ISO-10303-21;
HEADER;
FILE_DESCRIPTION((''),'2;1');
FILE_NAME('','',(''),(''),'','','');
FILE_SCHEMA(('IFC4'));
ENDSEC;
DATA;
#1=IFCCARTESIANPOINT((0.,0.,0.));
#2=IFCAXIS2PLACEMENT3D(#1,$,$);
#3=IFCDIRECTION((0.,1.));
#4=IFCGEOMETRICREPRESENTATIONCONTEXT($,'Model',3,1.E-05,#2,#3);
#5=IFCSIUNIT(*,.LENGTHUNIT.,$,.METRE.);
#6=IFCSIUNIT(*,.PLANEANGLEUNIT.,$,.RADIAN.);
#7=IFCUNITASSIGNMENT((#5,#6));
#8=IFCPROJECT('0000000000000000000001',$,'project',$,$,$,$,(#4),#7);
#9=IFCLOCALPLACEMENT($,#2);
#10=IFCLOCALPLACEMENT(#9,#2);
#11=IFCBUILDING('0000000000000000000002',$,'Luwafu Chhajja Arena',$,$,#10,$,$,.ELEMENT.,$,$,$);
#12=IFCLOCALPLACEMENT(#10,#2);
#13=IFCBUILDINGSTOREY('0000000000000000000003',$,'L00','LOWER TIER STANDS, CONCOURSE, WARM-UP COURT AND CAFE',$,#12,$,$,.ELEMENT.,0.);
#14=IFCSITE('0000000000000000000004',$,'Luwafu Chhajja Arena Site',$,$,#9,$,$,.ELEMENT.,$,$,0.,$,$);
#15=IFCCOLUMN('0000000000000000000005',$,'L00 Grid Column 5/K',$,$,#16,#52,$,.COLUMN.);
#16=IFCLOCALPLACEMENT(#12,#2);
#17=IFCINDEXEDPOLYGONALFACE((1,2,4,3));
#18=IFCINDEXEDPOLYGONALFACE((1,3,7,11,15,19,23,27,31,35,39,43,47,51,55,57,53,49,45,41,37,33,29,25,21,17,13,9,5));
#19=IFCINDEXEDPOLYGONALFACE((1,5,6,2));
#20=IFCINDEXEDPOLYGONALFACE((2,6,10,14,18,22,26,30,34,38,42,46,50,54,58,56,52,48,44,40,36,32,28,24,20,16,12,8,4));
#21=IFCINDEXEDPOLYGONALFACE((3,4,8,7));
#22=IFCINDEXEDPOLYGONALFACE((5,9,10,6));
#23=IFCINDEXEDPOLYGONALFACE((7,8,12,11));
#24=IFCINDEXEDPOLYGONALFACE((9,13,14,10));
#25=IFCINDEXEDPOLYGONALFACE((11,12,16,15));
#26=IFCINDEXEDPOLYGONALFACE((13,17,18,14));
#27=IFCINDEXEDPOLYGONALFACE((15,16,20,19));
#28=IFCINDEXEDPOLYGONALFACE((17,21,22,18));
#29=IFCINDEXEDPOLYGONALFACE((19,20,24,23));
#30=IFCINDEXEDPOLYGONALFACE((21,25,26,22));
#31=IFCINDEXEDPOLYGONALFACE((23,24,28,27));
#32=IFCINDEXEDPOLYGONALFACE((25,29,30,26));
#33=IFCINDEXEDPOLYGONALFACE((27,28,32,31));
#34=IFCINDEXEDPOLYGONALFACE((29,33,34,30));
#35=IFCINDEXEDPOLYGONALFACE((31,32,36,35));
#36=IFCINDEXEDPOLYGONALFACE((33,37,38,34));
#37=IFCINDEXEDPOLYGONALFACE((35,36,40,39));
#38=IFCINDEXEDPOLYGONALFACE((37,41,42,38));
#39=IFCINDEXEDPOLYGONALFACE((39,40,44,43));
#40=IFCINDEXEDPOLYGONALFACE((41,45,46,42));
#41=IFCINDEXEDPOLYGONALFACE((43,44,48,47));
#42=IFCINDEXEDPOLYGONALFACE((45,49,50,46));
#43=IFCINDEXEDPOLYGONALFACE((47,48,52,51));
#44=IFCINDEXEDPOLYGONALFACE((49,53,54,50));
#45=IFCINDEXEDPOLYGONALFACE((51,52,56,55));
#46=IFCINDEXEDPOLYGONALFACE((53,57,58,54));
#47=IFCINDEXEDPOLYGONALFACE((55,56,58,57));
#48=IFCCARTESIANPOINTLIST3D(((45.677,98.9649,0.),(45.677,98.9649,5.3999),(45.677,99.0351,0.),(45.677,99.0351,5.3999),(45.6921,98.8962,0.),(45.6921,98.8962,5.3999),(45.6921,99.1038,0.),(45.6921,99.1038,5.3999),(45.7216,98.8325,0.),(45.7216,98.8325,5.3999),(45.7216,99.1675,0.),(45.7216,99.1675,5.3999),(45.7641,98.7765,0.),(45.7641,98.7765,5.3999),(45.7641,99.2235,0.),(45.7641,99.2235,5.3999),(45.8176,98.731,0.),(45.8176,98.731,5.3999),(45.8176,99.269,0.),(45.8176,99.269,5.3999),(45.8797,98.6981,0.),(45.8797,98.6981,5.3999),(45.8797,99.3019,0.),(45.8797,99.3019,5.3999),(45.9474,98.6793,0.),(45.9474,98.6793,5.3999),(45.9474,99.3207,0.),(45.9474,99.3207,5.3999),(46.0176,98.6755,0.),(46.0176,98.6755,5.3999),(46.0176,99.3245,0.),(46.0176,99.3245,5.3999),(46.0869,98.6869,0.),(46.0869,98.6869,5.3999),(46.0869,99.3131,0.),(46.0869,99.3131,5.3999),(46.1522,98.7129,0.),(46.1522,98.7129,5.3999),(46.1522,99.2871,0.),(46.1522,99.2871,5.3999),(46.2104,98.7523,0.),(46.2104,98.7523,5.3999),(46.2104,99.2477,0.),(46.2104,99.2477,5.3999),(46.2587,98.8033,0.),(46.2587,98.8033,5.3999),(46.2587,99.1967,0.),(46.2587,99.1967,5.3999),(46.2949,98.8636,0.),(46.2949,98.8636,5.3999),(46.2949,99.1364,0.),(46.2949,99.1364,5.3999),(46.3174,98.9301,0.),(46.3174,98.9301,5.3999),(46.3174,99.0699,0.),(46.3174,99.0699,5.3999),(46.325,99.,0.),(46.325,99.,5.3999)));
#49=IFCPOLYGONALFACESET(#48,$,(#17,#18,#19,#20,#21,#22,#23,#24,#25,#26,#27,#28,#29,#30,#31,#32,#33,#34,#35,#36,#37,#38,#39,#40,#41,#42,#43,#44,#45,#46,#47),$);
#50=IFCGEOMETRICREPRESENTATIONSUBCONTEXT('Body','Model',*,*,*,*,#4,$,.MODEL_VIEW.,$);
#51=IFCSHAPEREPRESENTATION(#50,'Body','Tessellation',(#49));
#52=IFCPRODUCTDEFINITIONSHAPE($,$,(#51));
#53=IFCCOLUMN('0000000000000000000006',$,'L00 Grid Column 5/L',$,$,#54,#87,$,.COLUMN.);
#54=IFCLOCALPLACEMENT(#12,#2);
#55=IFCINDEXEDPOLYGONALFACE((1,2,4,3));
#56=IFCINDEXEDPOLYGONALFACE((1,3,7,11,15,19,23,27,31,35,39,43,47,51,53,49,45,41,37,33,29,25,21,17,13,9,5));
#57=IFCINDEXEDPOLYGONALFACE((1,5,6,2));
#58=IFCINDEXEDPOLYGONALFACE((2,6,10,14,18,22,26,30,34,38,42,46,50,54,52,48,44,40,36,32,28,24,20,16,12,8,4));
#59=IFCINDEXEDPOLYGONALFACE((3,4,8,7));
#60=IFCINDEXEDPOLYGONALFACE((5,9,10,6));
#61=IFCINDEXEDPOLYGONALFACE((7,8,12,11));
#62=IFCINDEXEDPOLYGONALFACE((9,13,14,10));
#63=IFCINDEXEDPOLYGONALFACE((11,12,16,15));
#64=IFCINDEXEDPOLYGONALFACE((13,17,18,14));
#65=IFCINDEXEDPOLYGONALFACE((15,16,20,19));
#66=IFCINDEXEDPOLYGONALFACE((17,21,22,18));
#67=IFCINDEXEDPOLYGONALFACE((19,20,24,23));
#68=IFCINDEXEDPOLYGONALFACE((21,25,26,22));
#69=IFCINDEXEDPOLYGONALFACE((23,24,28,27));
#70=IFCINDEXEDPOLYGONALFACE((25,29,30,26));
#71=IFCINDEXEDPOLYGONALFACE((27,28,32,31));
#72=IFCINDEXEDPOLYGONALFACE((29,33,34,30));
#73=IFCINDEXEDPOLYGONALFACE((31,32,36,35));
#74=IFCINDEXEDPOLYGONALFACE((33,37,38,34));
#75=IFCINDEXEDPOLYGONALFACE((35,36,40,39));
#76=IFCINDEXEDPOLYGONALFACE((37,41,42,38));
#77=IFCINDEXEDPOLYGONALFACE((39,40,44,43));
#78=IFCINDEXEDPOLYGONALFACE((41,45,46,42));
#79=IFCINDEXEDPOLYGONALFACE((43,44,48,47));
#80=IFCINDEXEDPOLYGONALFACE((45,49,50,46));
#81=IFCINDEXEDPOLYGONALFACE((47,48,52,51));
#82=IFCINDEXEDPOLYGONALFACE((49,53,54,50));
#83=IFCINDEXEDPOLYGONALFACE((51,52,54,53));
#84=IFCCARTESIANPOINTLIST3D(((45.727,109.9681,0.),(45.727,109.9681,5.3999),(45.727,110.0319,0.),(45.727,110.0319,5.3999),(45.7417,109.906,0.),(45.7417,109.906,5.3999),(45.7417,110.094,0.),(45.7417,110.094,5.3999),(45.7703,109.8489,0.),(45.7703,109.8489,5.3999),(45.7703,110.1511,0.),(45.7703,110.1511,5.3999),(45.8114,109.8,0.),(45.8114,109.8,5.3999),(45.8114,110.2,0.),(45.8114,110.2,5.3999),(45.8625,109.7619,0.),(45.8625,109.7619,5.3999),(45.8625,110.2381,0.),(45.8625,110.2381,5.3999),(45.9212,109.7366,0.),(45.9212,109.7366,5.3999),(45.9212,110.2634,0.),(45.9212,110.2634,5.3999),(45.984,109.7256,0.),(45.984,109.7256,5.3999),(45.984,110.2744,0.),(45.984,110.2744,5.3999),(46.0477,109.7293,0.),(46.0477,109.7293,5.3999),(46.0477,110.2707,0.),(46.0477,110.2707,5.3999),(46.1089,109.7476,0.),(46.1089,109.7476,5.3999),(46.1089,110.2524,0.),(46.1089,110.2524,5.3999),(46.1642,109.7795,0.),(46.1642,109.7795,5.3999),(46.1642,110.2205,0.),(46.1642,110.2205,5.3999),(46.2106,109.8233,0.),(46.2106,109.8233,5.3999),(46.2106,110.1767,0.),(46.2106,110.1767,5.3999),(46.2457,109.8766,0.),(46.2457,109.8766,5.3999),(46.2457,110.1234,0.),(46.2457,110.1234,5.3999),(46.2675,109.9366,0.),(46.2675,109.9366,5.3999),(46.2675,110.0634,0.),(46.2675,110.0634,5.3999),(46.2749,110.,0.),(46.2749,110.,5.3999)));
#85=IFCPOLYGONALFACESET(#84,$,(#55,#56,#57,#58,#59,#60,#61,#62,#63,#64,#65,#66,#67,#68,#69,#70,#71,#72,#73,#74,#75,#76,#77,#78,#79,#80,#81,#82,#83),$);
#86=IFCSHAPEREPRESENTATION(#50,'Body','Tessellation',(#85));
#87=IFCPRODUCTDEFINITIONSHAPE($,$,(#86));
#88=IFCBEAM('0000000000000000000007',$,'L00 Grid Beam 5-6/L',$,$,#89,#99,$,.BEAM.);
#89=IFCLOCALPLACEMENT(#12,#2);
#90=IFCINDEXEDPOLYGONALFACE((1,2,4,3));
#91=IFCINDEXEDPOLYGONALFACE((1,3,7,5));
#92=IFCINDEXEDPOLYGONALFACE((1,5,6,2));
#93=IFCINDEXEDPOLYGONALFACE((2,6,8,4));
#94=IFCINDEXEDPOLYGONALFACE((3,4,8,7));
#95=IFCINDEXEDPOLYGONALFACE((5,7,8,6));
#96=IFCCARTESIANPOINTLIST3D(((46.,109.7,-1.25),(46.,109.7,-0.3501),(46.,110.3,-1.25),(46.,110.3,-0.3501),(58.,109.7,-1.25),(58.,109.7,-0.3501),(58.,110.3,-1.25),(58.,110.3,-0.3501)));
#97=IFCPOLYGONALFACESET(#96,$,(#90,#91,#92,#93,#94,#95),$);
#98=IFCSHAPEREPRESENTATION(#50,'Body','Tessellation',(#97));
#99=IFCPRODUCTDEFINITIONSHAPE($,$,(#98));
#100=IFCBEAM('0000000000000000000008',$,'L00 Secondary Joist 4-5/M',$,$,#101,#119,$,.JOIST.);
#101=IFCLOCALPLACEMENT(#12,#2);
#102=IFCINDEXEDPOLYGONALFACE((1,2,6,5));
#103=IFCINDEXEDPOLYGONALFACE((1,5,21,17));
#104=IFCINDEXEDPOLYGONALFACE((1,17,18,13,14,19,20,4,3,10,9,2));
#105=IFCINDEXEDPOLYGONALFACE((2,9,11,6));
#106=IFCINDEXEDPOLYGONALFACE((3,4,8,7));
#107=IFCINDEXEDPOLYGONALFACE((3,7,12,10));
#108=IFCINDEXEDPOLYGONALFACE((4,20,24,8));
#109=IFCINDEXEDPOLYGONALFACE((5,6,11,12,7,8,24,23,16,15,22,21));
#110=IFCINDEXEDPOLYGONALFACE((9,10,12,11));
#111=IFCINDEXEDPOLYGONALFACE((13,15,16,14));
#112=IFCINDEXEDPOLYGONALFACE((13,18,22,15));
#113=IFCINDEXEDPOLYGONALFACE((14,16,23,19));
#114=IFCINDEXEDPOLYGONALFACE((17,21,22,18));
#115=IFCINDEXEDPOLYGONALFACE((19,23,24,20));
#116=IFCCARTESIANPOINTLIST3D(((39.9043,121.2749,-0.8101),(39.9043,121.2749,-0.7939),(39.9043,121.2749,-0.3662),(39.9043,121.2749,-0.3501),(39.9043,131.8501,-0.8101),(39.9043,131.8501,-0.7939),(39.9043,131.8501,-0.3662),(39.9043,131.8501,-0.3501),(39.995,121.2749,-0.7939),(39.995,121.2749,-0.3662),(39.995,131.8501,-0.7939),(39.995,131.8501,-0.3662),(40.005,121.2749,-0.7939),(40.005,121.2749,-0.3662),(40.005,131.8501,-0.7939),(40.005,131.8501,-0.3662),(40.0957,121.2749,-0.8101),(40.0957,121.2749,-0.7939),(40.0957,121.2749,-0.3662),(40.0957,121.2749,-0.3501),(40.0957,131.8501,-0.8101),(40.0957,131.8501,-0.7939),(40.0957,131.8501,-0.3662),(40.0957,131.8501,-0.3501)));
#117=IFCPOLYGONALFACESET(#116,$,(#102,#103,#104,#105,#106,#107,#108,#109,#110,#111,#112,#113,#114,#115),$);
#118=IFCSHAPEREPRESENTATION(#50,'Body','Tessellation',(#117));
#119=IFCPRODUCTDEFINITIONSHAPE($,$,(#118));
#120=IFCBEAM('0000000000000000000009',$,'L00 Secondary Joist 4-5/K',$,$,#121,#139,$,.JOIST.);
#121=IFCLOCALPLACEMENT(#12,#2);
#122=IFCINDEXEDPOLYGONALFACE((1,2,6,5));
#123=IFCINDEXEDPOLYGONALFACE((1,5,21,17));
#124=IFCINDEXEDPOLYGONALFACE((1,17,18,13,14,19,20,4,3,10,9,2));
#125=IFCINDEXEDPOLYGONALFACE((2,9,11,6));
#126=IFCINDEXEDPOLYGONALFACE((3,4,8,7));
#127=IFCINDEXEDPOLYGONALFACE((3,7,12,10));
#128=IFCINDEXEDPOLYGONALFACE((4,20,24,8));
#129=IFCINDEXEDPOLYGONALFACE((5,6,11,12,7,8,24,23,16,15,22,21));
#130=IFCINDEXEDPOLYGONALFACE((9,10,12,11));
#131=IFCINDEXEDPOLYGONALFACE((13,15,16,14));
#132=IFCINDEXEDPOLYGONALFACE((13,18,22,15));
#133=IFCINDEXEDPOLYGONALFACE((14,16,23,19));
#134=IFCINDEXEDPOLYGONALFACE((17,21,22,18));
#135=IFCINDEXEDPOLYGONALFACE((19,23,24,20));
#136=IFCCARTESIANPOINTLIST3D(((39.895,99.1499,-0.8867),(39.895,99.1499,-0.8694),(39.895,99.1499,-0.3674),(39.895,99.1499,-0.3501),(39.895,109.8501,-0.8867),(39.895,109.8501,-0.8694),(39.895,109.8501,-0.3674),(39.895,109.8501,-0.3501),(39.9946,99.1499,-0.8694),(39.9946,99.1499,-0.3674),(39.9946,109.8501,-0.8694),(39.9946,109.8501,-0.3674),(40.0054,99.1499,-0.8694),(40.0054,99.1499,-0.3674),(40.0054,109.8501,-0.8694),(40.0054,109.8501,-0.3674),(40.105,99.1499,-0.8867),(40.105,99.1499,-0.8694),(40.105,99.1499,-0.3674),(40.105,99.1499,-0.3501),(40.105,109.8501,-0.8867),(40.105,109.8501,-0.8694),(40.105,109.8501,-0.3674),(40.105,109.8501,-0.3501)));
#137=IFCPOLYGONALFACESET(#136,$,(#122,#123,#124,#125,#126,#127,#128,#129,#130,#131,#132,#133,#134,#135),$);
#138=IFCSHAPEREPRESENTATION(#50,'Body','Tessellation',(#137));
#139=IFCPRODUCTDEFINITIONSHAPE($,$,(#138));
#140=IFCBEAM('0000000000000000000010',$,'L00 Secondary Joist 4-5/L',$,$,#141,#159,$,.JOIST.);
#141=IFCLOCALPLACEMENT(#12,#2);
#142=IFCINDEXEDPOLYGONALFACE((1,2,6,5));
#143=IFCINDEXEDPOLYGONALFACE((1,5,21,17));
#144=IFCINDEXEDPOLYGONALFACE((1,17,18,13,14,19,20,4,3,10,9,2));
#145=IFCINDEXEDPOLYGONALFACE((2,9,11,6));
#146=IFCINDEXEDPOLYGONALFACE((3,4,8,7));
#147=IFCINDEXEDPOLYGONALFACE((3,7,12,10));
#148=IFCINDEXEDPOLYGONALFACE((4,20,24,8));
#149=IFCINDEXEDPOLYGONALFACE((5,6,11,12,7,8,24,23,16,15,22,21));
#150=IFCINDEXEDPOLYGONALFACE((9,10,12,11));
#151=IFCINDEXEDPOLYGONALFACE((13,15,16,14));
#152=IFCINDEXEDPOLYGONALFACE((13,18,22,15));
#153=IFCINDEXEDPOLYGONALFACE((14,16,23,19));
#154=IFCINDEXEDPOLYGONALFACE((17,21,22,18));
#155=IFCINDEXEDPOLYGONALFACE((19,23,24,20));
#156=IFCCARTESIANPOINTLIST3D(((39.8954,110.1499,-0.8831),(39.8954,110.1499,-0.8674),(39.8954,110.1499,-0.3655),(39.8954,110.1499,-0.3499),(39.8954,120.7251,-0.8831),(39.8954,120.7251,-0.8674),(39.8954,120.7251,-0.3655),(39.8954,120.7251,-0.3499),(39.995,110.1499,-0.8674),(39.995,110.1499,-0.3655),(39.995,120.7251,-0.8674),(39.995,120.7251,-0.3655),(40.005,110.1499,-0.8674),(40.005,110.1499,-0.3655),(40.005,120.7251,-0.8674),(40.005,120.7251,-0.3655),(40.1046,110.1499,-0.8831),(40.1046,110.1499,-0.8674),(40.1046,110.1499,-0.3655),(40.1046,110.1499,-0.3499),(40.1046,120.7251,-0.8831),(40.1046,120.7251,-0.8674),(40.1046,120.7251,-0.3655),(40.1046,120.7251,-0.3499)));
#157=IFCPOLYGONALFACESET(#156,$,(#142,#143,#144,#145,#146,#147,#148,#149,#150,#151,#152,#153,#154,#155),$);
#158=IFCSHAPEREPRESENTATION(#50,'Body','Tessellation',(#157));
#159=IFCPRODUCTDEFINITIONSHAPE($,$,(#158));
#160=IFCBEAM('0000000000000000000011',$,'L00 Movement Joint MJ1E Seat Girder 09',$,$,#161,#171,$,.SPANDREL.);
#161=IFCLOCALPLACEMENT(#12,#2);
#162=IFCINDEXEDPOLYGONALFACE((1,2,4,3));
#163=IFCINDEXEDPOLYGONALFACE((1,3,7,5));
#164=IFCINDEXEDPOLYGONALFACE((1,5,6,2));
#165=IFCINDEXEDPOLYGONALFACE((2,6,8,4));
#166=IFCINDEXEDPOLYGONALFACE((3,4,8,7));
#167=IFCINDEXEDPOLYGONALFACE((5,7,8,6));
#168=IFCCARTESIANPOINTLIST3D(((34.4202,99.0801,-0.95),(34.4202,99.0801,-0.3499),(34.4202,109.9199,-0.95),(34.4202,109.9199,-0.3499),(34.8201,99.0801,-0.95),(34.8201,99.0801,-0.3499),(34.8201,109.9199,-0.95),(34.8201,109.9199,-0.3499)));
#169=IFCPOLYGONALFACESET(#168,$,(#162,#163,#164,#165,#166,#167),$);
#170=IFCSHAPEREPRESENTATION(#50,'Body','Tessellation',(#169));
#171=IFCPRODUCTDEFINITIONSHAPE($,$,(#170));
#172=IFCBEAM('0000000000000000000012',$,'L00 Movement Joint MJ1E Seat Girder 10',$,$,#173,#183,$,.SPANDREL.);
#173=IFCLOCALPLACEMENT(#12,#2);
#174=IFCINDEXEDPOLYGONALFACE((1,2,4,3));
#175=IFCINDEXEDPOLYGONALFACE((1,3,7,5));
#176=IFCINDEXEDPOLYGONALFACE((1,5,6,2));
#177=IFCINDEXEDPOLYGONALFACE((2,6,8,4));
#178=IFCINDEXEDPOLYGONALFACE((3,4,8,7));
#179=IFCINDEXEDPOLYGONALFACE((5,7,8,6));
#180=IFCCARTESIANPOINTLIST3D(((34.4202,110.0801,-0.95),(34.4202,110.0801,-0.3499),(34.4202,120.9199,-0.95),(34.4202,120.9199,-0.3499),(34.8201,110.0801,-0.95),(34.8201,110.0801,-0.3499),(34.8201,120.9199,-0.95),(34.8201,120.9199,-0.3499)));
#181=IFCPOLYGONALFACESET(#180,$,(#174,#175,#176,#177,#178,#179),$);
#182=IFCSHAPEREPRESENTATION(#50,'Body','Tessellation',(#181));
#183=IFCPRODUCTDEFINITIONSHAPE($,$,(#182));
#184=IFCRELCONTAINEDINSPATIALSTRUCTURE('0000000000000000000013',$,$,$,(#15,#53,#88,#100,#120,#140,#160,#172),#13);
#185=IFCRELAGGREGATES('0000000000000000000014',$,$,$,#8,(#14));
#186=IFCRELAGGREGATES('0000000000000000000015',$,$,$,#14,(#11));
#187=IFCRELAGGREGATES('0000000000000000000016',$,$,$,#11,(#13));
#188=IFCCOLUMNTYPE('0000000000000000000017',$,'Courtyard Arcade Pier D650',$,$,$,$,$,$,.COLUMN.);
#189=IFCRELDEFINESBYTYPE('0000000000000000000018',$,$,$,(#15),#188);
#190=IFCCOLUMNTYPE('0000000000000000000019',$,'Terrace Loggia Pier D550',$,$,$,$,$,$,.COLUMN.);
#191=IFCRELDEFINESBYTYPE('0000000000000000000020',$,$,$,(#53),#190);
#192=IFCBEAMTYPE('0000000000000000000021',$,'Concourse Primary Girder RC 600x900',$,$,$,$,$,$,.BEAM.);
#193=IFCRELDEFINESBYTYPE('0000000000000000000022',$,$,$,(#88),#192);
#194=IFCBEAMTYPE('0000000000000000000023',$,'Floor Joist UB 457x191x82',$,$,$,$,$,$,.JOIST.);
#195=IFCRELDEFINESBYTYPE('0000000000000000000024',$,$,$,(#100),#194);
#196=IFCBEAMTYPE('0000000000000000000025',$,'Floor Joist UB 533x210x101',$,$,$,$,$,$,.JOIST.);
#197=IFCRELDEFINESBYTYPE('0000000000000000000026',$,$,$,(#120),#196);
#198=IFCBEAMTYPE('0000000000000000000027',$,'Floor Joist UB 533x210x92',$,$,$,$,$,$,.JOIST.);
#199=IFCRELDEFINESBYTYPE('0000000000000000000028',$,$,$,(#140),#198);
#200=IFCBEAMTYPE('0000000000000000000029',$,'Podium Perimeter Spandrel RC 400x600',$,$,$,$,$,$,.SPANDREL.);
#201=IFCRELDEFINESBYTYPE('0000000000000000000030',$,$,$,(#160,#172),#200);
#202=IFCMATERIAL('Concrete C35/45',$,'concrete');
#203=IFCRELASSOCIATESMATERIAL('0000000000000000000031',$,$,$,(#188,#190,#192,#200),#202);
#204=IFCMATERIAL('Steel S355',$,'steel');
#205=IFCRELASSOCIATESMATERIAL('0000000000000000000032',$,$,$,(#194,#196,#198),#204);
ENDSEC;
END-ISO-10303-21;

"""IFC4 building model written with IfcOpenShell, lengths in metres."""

from ifc_helpers import new_model, si_unit, direction, frame, origin, origin_2d, place, context, subcontext, project, spatial, rectangle, circle, i_section, extrude, material, material_profile, profile_set, type_object, element, save


model = new_model("IFC4")

# Units and contexts
model_context = context("Model", 3, precision=1e-05, world=origin(), true_north=direction((0.0, 1.0)))
body_context = subcontext(model_context, "Body", "Model", "MODEL_VIEW")
ifc_project = project(units=[si_unit("LENGTHUNIT", "METRE"), si_unit("PLANEANGLEUNIT", "RADIAN")], contexts=[model_context])

# Site, building, storey
site_placement = place(None, origin())
site = spatial("IfcSite", under=ifc_project, at=site_placement, Name="Luwafu Chhajja Arena Site", CompositionType="ELEMENT", RefElevation=0.0)
building_placement = place(site_placement, origin())
building = spatial("IfcBuilding", under=site, at=building_placement, Name="Luwafu Chhajja Arena", CompositionType="ELEMENT")
storey_placement = place(building_placement, origin())
storey = spatial("IfcBuildingStorey", under=building, at=storey_placement, Name="L00", Description="LOWER TIER STANDS, CONCOURSE, WARM-UP COURT AND CAFE", CompositionType="ELEMENT", Elevation=0.0)

# Columns
ifc_material_1 = material(Name="Concrete C35/45", Category="concrete")
ifc_material_profile_1 = material_profile(ifc_material_1, circle(Radius=0.325, at=origin_2d()), Name="RC COL D650")
ifc_profile_set_1 = profile_set([ifc_material_profile_1], Name="Concrete C35/45")
column_type_1 = type_object("IfcColumnType", Name="Courtyard Arcade Pier D650", PredefinedType="COLUMN", material=ifc_profile_set_1)
column_1_placement = place(storey_placement, frame((46.0, 99.0, 0.0), z_axis=(0.0, 0.0, 1.0), x_axis=(1.0, 0.0, 0.0)))
element("IfcColumn", 1, at=column_1_placement, inside=storey, type_object=column_type_1, Name="L00 Grid Column 5/K", PredefinedType="COLUMN", context=body_context, shape_type="SweptSolid", body=[
    extrude(circle(Radius=0.325, at=origin_2d()), origin(), (0.0, 0.0, 1.0), 5.3999),
])
ifc_material_profile_2 = material_profile(ifc_material_1, circle(Radius=0.2749, at=origin_2d()), Name="RC COL D550")
ifc_profile_set_2 = profile_set([ifc_material_profile_2], Name="Concrete C35/45")
column_type_2 = type_object("IfcColumnType", Name="Terrace Loggia Pier D550", PredefinedType="COLUMN", material=ifc_profile_set_2)
column_2_placement = place(storey_placement, frame((46.0, 110.0, 0.0), z_axis=(0.0, 0.0, 1.0), x_axis=(1.0, 0.0, 0.0)))
element("IfcColumn", 2, at=column_2_placement, inside=storey, type_object=column_type_2, Name="L00 Grid Column 5/L", PredefinedType="COLUMN", context=body_context, shape_type="SweptSolid", body=[
    extrude(circle(Radius=0.2749, at=origin_2d()), origin(), (0.0, 0.0, 1.0), 5.3999),
])

# Beams
ifc_material_profile_3 = material_profile(ifc_material_1, rectangle(XDim=0.6001, YDim=0.8999, at=origin_2d()), Name="RC 600x900")
ifc_profile_set_3 = profile_set([ifc_material_profile_3], Name="Concrete C35/45")
beam_type_1 = type_object("IfcBeamType", Name="Concourse Primary Girder RC 600x900", PredefinedType="BEAM", material=ifc_profile_set_3)
beam_1_placement = place(storey_placement, frame((46.0, 110.0, -0.8), z_axis=(1.0, 0.0, 0.0), x_axis=(0.0, 1.0, 0.0)))
element("IfcBeam", 3, at=beam_1_placement, inside=storey, type_object=beam_type_1, Name="L00 Grid Beam 5-6/L", PredefinedType="BEAM", context=body_context, shape_type="SweptSolid", body=[
    extrude(rectangle(XDim=0.6001, YDim=0.8999, at=origin_2d()), origin(), (0.0, 0.0, 1.0), 12.0),
])
ifc_material_2 = material(Name="Steel S355", Category="steel")
ifc_material_profile_4 = material_profile(ifc_material_2, i_section(OverallWidth=0.1914, OverallDepth=0.46, WebThickness=0.01, FlangeThickness=0.0161, at=origin_2d()), Name="UB 457x191x82")
ifc_profile_set_4 = profile_set([ifc_material_profile_4], Name="Steel S355")
beam_type_2 = type_object("IfcBeamType", Name="Floor Joist UB 457x191x82", PredefinedType="JOIST", material=ifc_profile_set_4)
beam_2_placement = place(storey_placement, frame((40.0, 121.2749, -0.5801), z_axis=(0.0, 1.0, 0.0), x_axis=(-1.0, 0.0, 0.0)))
element("IfcBeam", 4, at=beam_2_placement, inside=storey, type_object=beam_type_2, Name="L00 Secondary Joist 4-5/M", PredefinedType="JOIST", context=body_context, shape_type="SweptSolid", body=[
    extrude(i_section(OverallWidth=0.1914, OverallDepth=0.46, WebThickness=0.01, FlangeThickness=0.0161, at=origin_2d()), origin(), (0.0, 0.0, 1.0), 10.5752),
])
ifc_material_profile_5 = material_profile(ifc_material_2, i_section(OverallWidth=0.21, OverallDepth=0.5366, WebThickness=0.0107, FlangeThickness=0.0173, at=origin_2d()), Name="UB 533x210x101")
ifc_profile_set_5 = profile_set([ifc_material_profile_5], Name="Steel S355")
beam_type_3 = type_object("IfcBeamType", Name="Floor Joist UB 533x210x101", PredefinedType="JOIST", material=ifc_profile_set_5)
beam_3_placement = place(storey_placement, frame((40.0, 99.1499, -0.6184), z_axis=(0.0, 1.0, 0.0), x_axis=(-1.0, 0.0, 0.0)))
element("IfcBeam", 5, at=beam_3_placement, inside=storey, type_object=beam_type_3, Name="L00 Secondary Joist 4-5/K", PredefinedType="JOIST", context=body_context, shape_type="SweptSolid", body=[
    extrude(i_section(OverallWidth=0.21, OverallDepth=0.5366, WebThickness=0.0107, FlangeThickness=0.0173, at=origin_2d()), origin(), (0.0, 0.0, 1.0), 10.7002),
])
ifc_material_profile_6 = material_profile(ifc_material_2, i_section(OverallWidth=0.2092, OverallDepth=0.5332, WebThickness=0.01, FlangeThickness=0.0156, at=origin_2d()), Name="UB 533x210x92")
ifc_profile_set_6 = profile_set([ifc_material_profile_6], Name="Steel S355")
beam_type_4 = type_object("IfcBeamType", Name="Floor Joist UB 533x210x92", PredefinedType="JOIST", material=ifc_profile_set_6)
beam_4_placement = place(storey_placement, frame((40.0, 110.1499, -0.6165), z_axis=(0.0, 1.0, 0.0), x_axis=(-1.0, 0.0, 0.0)))
element("IfcBeam", 6, at=beam_4_placement, inside=storey, type_object=beam_type_4, Name="L00 Secondary Joist 4-5/L", PredefinedType="JOIST", context=body_context, shape_type="SweptSolid", body=[
    extrude(i_section(OverallWidth=0.2092, OverallDepth=0.5332, WebThickness=0.01, FlangeThickness=0.0156, at=origin_2d()), origin(), (0.0, 0.0, 1.0), 10.5752),
])
ifc_material_profile_7 = material_profile(ifc_material_1, rectangle(XDim=0.3999, YDim=0.6001, at=origin_2d()), Name="RC 400x600")
ifc_profile_set_7 = profile_set([ifc_material_profile_7], Name="Concrete C35/45")
beam_type_5 = type_object("IfcBeamType", Name="Podium Perimeter Spandrel RC 400x600", PredefinedType="SPANDREL", material=ifc_profile_set_7)
for number, where, z_axis, x_axis, name in (
    (7, (34.6201, 99.0801, -0.6499), (0.0, 1.0, 0.0), (-1.0, 0.0, 0.0), "L00 Movement Joint MJ1E Seat Girder 09"),
    (8, (34.6201, 110.0801, -0.6499), (0.0, 1.0, 0.0), (-1.0, 0.0, 0.0), "L00 Movement Joint MJ1E Seat Girder 10"),
):
    element("IfcBeam", number, at=place(storey_placement, frame(where, z_axis=z_axis, x_axis=x_axis)), inside=storey, type_object=beam_type_5, Name=name, PredefinedType="SPANDREL", context=body_context, shape_type="SweptSolid", body=[
        extrude(rectangle(XDim=0.3999, YDim=0.6001, at=origin_2d()), origin(), (0.0, 0.0, 1.0), 10.8398),
    ])

save(model, "model.ifc")
